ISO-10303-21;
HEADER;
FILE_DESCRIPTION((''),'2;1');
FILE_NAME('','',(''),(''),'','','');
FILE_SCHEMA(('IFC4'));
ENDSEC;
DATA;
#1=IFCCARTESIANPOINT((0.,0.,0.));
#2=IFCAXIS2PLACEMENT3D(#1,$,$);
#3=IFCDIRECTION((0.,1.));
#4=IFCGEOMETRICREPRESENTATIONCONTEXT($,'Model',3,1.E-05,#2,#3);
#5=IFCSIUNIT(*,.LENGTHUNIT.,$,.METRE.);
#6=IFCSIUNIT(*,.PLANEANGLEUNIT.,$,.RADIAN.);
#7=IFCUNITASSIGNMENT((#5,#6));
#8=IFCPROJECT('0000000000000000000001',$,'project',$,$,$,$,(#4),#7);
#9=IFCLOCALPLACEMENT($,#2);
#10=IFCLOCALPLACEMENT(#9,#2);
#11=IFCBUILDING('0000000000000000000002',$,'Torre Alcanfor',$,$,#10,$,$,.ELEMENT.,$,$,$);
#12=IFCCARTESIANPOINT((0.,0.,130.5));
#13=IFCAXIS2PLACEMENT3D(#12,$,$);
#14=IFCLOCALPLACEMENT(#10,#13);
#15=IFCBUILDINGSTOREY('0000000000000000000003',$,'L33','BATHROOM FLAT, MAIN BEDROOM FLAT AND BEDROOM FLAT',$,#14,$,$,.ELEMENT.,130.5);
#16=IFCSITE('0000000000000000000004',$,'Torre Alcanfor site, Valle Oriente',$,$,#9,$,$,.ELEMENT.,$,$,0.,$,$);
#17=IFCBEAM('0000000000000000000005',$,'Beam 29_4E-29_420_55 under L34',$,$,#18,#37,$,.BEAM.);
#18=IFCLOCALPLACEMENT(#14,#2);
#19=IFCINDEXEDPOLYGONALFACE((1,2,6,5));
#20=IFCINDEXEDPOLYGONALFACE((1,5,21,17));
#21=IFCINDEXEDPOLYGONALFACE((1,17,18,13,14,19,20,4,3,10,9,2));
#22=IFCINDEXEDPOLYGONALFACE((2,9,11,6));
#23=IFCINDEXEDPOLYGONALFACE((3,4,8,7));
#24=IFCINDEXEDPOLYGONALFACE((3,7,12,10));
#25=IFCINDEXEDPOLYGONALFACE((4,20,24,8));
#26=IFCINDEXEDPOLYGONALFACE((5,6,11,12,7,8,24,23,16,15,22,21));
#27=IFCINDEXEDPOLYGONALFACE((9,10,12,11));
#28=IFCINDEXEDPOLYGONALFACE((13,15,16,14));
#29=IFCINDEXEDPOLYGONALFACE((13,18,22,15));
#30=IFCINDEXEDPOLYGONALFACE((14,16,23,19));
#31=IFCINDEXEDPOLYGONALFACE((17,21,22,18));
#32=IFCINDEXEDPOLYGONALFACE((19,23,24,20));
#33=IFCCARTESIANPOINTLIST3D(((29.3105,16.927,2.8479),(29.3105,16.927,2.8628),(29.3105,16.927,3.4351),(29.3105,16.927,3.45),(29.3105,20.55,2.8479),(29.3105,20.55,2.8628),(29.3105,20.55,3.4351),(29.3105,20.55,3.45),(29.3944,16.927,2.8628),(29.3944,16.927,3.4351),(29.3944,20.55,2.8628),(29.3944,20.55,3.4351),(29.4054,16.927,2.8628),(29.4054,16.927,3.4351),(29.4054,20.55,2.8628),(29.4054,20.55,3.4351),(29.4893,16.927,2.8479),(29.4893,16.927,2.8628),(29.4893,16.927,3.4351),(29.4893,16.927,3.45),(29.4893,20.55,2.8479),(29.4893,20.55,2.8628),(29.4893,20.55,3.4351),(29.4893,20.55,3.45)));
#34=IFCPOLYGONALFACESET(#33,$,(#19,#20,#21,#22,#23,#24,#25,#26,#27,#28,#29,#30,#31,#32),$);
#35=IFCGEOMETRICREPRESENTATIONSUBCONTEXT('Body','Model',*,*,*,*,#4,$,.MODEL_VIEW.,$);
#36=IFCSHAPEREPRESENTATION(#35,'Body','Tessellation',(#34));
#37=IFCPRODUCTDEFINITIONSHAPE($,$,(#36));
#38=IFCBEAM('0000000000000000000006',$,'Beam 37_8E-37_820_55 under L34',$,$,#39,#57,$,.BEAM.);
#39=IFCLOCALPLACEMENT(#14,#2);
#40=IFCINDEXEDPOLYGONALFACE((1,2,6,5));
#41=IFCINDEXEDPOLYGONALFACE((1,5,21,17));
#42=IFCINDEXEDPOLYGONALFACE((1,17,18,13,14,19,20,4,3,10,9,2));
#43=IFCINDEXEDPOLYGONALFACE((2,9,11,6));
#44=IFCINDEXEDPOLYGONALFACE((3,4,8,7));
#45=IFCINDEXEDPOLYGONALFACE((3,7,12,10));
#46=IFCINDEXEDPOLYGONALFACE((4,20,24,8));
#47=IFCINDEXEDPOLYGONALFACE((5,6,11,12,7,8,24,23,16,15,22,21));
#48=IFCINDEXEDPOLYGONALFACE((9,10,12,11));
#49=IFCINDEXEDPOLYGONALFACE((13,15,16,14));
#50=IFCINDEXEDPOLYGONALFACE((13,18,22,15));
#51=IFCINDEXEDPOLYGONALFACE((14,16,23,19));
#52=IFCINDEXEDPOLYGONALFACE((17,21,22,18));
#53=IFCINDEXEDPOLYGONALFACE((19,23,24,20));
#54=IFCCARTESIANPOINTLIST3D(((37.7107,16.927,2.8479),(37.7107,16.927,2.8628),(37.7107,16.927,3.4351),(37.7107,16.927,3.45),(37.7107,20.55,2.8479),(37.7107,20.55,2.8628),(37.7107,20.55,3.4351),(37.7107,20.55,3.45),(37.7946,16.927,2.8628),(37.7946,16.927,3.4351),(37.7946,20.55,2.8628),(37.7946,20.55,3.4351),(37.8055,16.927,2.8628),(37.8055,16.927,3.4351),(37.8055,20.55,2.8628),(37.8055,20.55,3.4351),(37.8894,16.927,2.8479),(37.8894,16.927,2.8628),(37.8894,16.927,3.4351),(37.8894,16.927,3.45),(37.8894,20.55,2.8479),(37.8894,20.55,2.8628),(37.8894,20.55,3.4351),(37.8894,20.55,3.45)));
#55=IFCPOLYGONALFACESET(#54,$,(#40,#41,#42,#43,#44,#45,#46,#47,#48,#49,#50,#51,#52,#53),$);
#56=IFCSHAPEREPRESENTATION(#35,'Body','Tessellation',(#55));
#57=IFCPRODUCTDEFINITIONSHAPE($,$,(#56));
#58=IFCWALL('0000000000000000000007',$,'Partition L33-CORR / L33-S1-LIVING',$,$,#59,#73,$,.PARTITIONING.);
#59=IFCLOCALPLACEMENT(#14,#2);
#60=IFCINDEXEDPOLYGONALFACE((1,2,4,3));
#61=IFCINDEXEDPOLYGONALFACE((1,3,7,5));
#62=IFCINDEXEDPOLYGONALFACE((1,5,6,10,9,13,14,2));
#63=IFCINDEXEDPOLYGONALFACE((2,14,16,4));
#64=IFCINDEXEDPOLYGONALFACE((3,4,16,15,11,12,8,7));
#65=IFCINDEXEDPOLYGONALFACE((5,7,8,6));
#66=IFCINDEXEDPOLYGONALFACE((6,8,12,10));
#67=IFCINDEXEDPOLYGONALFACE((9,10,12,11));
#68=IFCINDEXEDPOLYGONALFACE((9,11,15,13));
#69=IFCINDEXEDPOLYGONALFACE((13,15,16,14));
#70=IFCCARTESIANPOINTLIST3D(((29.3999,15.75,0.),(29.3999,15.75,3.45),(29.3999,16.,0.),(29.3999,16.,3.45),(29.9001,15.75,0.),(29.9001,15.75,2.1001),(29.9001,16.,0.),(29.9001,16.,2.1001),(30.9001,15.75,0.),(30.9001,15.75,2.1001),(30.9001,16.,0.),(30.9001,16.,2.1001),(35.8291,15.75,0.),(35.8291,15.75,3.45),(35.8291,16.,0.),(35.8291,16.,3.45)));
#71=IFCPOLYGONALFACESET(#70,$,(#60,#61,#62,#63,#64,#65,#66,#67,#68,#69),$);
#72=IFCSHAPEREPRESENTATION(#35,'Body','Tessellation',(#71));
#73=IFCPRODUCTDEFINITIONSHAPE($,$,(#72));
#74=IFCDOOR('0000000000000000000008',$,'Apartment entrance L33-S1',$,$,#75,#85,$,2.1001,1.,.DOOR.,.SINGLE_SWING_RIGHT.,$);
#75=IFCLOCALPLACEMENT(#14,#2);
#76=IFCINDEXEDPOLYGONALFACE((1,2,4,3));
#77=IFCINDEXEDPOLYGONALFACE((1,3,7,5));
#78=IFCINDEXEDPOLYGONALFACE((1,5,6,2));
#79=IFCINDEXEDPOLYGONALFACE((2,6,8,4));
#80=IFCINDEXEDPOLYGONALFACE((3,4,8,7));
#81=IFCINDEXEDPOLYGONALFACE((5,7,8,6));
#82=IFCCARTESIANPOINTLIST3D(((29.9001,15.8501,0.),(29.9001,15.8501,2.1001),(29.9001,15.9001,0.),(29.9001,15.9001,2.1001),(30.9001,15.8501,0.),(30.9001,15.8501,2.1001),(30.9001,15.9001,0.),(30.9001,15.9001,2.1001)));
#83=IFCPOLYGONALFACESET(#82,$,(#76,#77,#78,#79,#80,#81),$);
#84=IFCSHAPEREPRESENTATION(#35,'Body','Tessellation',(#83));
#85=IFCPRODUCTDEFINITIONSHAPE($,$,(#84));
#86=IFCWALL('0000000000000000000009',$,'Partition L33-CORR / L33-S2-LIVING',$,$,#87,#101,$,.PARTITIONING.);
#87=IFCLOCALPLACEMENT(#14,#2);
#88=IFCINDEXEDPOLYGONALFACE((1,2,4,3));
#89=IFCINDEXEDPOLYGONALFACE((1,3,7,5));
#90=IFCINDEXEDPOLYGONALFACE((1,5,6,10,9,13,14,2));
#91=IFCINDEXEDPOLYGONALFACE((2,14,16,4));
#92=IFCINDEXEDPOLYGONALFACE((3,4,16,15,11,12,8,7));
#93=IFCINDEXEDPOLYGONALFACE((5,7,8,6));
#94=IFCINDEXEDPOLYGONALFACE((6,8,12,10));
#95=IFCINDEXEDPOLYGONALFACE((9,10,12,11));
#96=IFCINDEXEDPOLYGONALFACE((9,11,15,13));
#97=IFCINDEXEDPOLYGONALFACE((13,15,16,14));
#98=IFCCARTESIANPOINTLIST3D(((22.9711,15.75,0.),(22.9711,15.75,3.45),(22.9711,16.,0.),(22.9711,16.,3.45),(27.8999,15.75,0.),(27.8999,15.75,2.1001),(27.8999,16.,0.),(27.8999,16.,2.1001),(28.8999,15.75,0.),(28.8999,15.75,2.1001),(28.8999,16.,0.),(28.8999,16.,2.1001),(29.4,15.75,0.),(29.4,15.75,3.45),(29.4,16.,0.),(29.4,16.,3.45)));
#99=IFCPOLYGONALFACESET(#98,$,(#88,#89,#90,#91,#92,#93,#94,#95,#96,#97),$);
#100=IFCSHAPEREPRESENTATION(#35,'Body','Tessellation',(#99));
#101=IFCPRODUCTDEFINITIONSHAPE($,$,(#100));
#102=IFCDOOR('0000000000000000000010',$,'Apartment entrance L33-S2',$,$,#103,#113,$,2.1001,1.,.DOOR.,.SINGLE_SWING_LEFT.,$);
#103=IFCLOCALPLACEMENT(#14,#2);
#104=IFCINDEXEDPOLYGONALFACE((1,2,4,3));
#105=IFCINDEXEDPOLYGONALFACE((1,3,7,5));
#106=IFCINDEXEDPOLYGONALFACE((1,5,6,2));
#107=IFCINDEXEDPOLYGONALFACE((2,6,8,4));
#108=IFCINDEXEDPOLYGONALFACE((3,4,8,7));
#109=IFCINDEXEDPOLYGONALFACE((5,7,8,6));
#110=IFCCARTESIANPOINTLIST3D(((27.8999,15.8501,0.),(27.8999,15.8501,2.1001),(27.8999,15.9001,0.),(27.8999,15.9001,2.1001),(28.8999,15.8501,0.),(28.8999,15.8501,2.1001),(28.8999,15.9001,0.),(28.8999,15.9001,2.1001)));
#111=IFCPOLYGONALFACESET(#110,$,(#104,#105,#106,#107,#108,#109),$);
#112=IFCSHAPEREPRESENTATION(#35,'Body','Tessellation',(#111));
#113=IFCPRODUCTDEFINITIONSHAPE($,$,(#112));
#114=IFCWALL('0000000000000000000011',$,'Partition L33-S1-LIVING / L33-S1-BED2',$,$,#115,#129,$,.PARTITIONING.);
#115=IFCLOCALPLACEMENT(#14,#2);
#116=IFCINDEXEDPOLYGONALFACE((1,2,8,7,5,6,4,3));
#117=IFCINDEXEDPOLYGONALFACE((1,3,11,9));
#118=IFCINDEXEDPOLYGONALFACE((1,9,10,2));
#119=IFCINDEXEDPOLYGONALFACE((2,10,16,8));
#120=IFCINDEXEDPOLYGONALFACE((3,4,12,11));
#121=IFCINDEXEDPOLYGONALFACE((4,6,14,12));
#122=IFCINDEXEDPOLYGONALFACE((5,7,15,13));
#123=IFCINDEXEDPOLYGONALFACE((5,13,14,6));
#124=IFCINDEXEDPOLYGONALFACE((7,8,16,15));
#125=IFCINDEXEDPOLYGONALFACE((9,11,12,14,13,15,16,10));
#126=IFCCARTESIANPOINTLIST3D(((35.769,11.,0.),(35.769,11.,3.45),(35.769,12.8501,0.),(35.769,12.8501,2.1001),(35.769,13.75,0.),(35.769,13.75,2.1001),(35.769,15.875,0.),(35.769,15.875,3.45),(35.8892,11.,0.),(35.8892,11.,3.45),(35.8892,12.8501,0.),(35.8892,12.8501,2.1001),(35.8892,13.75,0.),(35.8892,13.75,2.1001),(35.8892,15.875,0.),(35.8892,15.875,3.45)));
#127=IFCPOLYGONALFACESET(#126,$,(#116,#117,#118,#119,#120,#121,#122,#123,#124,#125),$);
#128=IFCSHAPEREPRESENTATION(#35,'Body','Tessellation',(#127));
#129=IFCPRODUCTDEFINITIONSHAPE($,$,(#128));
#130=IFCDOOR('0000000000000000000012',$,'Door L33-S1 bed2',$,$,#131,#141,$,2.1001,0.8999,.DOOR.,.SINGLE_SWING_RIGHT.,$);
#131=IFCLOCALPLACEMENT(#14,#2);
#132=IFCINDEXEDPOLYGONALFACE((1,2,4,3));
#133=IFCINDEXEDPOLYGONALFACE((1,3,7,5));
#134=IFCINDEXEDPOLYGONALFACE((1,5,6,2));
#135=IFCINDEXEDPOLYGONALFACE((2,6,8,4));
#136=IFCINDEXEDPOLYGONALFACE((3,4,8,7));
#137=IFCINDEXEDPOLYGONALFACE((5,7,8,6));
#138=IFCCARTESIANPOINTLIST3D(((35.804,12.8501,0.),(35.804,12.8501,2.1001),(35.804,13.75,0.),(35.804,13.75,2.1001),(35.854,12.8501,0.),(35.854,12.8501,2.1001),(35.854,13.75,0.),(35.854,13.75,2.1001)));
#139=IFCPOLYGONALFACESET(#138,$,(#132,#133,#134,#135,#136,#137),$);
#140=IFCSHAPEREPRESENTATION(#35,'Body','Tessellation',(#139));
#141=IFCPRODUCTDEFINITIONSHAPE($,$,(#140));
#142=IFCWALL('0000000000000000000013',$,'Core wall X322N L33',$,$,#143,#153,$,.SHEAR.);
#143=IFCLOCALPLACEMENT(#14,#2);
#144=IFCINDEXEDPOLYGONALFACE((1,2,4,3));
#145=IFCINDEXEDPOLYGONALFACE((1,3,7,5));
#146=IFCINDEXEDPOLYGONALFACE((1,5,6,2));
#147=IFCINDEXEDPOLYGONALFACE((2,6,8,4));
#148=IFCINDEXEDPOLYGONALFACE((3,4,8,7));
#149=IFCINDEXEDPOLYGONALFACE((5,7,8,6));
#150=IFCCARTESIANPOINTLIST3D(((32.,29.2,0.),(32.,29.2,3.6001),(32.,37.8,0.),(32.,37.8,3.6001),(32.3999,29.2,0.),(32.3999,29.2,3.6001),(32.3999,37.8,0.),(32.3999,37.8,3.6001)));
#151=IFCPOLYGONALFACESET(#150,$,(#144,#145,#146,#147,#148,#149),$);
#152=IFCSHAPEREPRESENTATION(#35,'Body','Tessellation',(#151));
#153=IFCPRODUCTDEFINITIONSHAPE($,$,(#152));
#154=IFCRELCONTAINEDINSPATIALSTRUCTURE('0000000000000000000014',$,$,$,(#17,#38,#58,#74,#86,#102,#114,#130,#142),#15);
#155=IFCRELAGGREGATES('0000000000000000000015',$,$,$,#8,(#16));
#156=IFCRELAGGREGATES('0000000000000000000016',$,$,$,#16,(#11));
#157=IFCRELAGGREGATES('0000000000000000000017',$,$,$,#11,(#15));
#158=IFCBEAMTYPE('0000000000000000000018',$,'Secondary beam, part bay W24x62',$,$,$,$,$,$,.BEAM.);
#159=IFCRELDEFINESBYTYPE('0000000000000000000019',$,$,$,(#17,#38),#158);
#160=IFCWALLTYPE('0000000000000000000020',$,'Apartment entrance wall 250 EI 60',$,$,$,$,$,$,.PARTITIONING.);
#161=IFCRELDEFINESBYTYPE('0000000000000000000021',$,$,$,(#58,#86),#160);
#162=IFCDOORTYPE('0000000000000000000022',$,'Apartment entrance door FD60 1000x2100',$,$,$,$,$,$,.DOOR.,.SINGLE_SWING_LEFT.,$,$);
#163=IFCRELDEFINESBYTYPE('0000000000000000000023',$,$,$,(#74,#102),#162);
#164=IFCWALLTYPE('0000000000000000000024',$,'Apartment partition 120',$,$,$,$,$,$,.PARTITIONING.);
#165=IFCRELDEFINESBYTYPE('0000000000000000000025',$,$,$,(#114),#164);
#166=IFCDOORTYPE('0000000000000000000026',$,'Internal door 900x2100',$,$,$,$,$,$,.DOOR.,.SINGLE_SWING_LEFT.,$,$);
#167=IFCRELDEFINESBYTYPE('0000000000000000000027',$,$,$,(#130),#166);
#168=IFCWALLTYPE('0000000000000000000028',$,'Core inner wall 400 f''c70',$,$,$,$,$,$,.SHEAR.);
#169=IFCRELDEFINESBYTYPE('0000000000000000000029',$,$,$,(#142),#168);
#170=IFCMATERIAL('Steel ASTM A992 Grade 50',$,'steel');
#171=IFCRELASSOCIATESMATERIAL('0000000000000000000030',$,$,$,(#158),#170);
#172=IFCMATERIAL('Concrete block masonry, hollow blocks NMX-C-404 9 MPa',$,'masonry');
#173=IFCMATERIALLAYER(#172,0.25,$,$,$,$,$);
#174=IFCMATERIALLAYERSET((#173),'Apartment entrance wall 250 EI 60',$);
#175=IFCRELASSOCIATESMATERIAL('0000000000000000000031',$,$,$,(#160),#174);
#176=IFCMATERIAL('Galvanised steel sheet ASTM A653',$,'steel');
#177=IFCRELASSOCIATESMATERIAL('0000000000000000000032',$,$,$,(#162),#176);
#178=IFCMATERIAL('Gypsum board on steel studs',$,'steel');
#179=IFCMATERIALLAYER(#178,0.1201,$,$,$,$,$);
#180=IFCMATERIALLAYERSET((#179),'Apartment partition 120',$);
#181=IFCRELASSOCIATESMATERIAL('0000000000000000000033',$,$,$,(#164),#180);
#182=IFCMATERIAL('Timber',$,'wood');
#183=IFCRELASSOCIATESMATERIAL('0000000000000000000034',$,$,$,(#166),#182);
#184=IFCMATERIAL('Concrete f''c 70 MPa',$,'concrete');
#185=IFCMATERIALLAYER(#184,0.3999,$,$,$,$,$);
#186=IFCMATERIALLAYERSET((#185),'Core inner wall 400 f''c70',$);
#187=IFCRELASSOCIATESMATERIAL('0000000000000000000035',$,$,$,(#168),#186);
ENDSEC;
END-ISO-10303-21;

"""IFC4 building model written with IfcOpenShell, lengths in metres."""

from ifc_helpers import new_model, si_unit, direction, frame, frame_2d, origin, origin_2d, place, context, subcontext, project, spatial, rectangle, i_section, extrude, material, layer, layer_set, material_profile, profile_set, type_object, element, fill, save


model = new_model("IFC4")

# Units and contexts
model_context = context("Model", 3, precision=1e-05, world=origin(), true_north=direction((0.0, 1.0)))
body_context = subcontext(model_context, "Body", "Model", "MODEL_VIEW")
ifc_project = project(units=[si_unit("LENGTHUNIT", "METRE"), si_unit("PLANEANGLEUNIT", "RADIAN")], contexts=[model_context])

# Site, building, storey
site_placement = place(None, origin())
site = spatial("IfcSite", under=ifc_project, at=site_placement, Name="Torre Alcanfor site, Valle Oriente", CompositionType="ELEMENT", RefElevation=0.0)
building_placement = place(site_placement, origin())
building = spatial("IfcBuilding", under=site, at=building_placement, Name="Torre Alcanfor", CompositionType="ELEMENT")
storey_placement = place(building_placement, frame((0.0, 0.0, 130.5)))
storey = spatial("IfcBuildingStorey", under=building, at=storey_placement, Name="L33", Description="BATHROOM FLAT, MAIN BEDROOM FLAT AND BEDROOM FLAT", CompositionType="ELEMENT", Elevation=130.5)

# Beams
ifc_material_1 = material(Name="Steel ASTM A992 Grade 50", Category="steel")
ifc_material_profile_1 = material_profile(ifc_material_1, i_section(OverallWidth=0.1787, OverallDepth=0.6021, WebThickness=0.011, FlangeThickness=0.0149, at=origin_2d()), Name="W24x62")
ifc_profile_set_1 = profile_set([ifc_material_profile_1], Name="Steel ASTM A992 Grade 50")
beam_type_1 = type_object("IfcBeamType", Name="Secondary beam, part bay W24x62", PredefinedType="BEAM", material=ifc_profile_set_1)
for number, where, z_axis, x_axis, name in (
    (1, (29.3999, 16.927, 3.1489), (0.0, 1.0, 0.0), (-1.0, 0.0, 0.0), "Beam 29_4E-29_420_55 under L34"),
    (2, (37.8, 16.927, 3.1489), (0.0, 1.0, 0.0), (-1.0, 0.0, 0.0), "Beam 37_8E-37_820_55 under L34"),
):
    element("IfcBeam", number, at=place(storey_placement, frame(where, z_axis=z_axis, x_axis=x_axis)), inside=storey, type_object=beam_type_1, Name=name, PredefinedType="BEAM", context=body_context, shape_type="SweptSolid", body=[
        extrude(i_section(OverallWidth=0.1787, OverallDepth=0.6021, WebThickness=0.011, FlangeThickness=0.0149, at=origin_2d()), origin(), (0.0, 0.0, 1.0), 3.623),
    ])

# Walls, openings, doors
ifc_material_2 = material(Name="Concrete block masonry, hollow blocks NMX-C-404 9 MPa", Category="masonry")
ifc_layer_1 = layer(ifc_material_2, 0.25)
ifc_layer_set_1 = layer_set([ifc_layer_1], Name="Apartment entrance wall 250 EI 60")
wall_type_1 = type_object("IfcWallType", Name="Apartment entrance wall 250 EI 60", PredefinedType="PARTITIONING", material=ifc_layer_set_1)
wall_1_placement = place(storey_placement, frame((35.8291, 15.875, 0.0), z_axis=(0.0, 0.0, 1.0), x_axis=(-1.0, 0.0, 0.0)))
wall_1 = element("IfcWall", 3, at=wall_1_placement, inside=storey, type_object=wall_type_1, Name="Partition L33-CORR / L33-S1-LIVING", PredefinedType="PARTITIONING", context=body_context, shape_type="SweptSolid", body=[
    extrude(rectangle(XDim=6.4292, YDim=0.25, at=frame_2d((3.2146, 0.0))), origin(), (0.0, 0.0, 1.0), 3.45),
])
opening_1_placement = place(wall_1_placement, frame((4.929, 0.0, 0.0)))
opening_1 = element("IfcOpeningElement", 4, at=opening_1_placement, cuts=wall_1, PredefinedType="OPENING", context=body_context, shape_type="SweptSolid", body=[
    extrude(rectangle(XDim=1.0, YDim=2.1001, at=frame_2d((0.5, 1.05))), frame((0.0, 0.135, 0.0), z_axis=(0.0, -1.0, 0.0), x_axis=(1.0, 0.0, 0.0)), (0.0, 0.0, 1.0), 0.27),
])
ifc_material_3 = material(Name="Galvanised steel sheet ASTM A653", Category="steel")
door_type_1 = type_object("IfcDoorType", Name="Apartment entrance door FD60 1000x2100", OperationType="SINGLE_SWING_LEFT", PredefinedType="DOOR", material=ifc_material_3)
door_1_placement = place(opening_1_placement, origin())
door_1 = element("IfcDoor", 5, at=door_1_placement, inside=storey, type_object=door_type_1, Name="Apartment entrance L33-S1", OperationType="SINGLE_SWING_RIGHT", OverallHeight=2.1001, OverallWidth=1.0, PredefinedType="DOOR", context=body_context, shape_type="SweptSolid", body=[
    extrude(rectangle(XDim=1.0, YDim=2.1001, at=frame_2d((0.5, 1.05))), frame((0.0, 0.0249, 0.0), z_axis=(0.0, -1.0, 0.0), x_axis=(1.0, 0.0, 0.0)), (0.0, 0.0, 1.0), 0.05),
])
fill(opening_1, door_1)
wall_2_placement = place(storey_placement, frame((29.3999, 15.875, 0.0), z_axis=(0.0, 0.0, 1.0), x_axis=(-1.0, 0.0, 0.0)))
wall_2 = element("IfcWall", 6, at=wall_2_placement, inside=storey, type_object=wall_type_1, Name="Partition L33-CORR / L33-S2-LIVING", PredefinedType="PARTITIONING", context=body_context, shape_type="SweptSolid", body=[
    extrude(rectangle(XDim=6.429, YDim=0.25, at=frame_2d((3.2144, 0.0))), origin(), (0.0, 0.0, 1.0), 3.45),
])
opening_2_placement = place(wall_2_placement, frame((0.5, 0.0, 0.0)))
opening_2 = element("IfcOpeningElement", 7, at=opening_2_placement, cuts=wall_2, PredefinedType="OPENING", context=body_context, shape_type="SweptSolid", body=[
    extrude(rectangle(XDim=1.0, YDim=2.1001, at=frame_2d((0.5, 1.05))), frame((0.0, 0.135, 0.0), z_axis=(0.0, -1.0, 0.0), x_axis=(1.0, 0.0, 0.0)), (0.0, 0.0, 1.0), 0.27),
])
door_2_placement = place(opening_2_placement, origin())
door_2 = element("IfcDoor", 8, at=door_2_placement, inside=storey, type_object=door_type_1, Name="Apartment entrance L33-S2", OperationType="SINGLE_SWING_LEFT", OverallHeight=2.1001, OverallWidth=1.0, PredefinedType="DOOR", context=body_context, shape_type="SweptSolid", body=[
    extrude(rectangle(XDim=1.0, YDim=2.1001, at=frame_2d((0.5, 1.05))), frame((0.0, 0.0249, 0.0), z_axis=(0.0, -1.0, 0.0), x_axis=(1.0, 0.0, 0.0)), (0.0, 0.0, 1.0), 0.05),
])
fill(opening_2, door_2)
ifc_material_4 = material(Name="Gypsum board on steel studs", Category="steel")
ifc_layer_2 = layer(ifc_material_4, 0.1201)
ifc_layer_set_2 = layer_set([ifc_layer_2], Name="Apartment partition 120")
wall_type_2 = type_object("IfcWallType", Name="Apartment partition 120", PredefinedType="PARTITIONING", material=ifc_layer_set_2)
wall_3_placement = place(storey_placement, frame((35.8291, 15.875, 0.0), z_axis=(0.0, 0.0, 1.0), x_axis=(0.0, -1.0, 0.0)))
wall_3 = element("IfcWall", 9, at=wall_3_placement, inside=storey, type_object=wall_type_2, Name="Partition L33-S1-LIVING / L33-S1-BED2", PredefinedType="PARTITIONING", context=body_context, shape_type="SweptSolid", body=[
    extrude(rectangle(XDim=4.875, YDim=0.1201, at=frame_2d((2.4375, 0.0))), origin(), (0.0, 0.0, 1.0), 3.45),
])
opening_3_placement = place(wall_3_placement, frame((2.125, 0.0, 0.0)))
opening_3 = element("IfcOpeningElement", 10, at=opening_3_placement, cuts=wall_3, PredefinedType="OPENING", context=body_context, shape_type="SweptSolid", body=[
    extrude(rectangle(XDim=0.8999, YDim=2.1001, at=frame_2d((0.45, 1.05))), frame((0.0, 0.0701, 0.0), z_axis=(0.0, -1.0, 0.0), x_axis=(1.0, 0.0, 0.0)), (0.0, 0.0, 1.0), 0.1401),
])
ifc_material_5 = material(Name="Timber", Category="wood")
door_type_2 = type_object("IfcDoorType", Name="Internal door 900x2100", OperationType="SINGLE_SWING_LEFT", PredefinedType="DOOR", material=ifc_material_5)
door_3_placement = place(opening_3_placement, origin())
door_3 = element("IfcDoor", 11, at=door_3_placement, inside=storey, type_object=door_type_2, Name="Door L33-S1 bed2", OperationType="SINGLE_SWING_RIGHT", OverallHeight=2.1001, OverallWidth=0.8999, PredefinedType="DOOR", context=body_context, shape_type="SweptSolid", body=[
    extrude(rectangle(XDim=0.8999, YDim=2.1001, at=frame_2d((0.45, 1.05))), frame((0.0, 0.0249, 0.0), z_axis=(0.0, -1.0, 0.0), x_axis=(1.0, 0.0, 0.0)), (0.0, 0.0, 1.0), 0.05),
])
fill(opening_3, door_3)

# Wall
ifc_material_6 = material(Name="Concrete f'c 70 MPa", Category="concrete")
ifc_layer_3 = layer(ifc_material_6, 0.3999)
ifc_layer_set_3 = layer_set([ifc_layer_3], Name="Core inner wall 400 f'c70")
wall_type_3 = type_object("IfcWallType", Name="Core inner wall 400 f'c70", PredefinedType="SHEAR", material=ifc_layer_set_3)
wall_4_placement = place(storey_placement, frame((32.2, 29.2, 0.0), z_axis=(0.0, 0.0, 1.0), x_axis=(0.0, 1.0, 0.0)))
element("IfcWall", 12, at=wall_4_placement, inside=storey, type_object=wall_type_3, Name="Core wall X322N L33", PredefinedType="SHEAR", context=body_context, shape_type="SweptSolid", body=[
    extrude(rectangle(XDim=8.6001, YDim=0.3999, at=frame_2d((4.3, 0.0))), origin(), (0.0, 0.0, 1.0), 3.6001),
])

save(model, "model.ifc")
